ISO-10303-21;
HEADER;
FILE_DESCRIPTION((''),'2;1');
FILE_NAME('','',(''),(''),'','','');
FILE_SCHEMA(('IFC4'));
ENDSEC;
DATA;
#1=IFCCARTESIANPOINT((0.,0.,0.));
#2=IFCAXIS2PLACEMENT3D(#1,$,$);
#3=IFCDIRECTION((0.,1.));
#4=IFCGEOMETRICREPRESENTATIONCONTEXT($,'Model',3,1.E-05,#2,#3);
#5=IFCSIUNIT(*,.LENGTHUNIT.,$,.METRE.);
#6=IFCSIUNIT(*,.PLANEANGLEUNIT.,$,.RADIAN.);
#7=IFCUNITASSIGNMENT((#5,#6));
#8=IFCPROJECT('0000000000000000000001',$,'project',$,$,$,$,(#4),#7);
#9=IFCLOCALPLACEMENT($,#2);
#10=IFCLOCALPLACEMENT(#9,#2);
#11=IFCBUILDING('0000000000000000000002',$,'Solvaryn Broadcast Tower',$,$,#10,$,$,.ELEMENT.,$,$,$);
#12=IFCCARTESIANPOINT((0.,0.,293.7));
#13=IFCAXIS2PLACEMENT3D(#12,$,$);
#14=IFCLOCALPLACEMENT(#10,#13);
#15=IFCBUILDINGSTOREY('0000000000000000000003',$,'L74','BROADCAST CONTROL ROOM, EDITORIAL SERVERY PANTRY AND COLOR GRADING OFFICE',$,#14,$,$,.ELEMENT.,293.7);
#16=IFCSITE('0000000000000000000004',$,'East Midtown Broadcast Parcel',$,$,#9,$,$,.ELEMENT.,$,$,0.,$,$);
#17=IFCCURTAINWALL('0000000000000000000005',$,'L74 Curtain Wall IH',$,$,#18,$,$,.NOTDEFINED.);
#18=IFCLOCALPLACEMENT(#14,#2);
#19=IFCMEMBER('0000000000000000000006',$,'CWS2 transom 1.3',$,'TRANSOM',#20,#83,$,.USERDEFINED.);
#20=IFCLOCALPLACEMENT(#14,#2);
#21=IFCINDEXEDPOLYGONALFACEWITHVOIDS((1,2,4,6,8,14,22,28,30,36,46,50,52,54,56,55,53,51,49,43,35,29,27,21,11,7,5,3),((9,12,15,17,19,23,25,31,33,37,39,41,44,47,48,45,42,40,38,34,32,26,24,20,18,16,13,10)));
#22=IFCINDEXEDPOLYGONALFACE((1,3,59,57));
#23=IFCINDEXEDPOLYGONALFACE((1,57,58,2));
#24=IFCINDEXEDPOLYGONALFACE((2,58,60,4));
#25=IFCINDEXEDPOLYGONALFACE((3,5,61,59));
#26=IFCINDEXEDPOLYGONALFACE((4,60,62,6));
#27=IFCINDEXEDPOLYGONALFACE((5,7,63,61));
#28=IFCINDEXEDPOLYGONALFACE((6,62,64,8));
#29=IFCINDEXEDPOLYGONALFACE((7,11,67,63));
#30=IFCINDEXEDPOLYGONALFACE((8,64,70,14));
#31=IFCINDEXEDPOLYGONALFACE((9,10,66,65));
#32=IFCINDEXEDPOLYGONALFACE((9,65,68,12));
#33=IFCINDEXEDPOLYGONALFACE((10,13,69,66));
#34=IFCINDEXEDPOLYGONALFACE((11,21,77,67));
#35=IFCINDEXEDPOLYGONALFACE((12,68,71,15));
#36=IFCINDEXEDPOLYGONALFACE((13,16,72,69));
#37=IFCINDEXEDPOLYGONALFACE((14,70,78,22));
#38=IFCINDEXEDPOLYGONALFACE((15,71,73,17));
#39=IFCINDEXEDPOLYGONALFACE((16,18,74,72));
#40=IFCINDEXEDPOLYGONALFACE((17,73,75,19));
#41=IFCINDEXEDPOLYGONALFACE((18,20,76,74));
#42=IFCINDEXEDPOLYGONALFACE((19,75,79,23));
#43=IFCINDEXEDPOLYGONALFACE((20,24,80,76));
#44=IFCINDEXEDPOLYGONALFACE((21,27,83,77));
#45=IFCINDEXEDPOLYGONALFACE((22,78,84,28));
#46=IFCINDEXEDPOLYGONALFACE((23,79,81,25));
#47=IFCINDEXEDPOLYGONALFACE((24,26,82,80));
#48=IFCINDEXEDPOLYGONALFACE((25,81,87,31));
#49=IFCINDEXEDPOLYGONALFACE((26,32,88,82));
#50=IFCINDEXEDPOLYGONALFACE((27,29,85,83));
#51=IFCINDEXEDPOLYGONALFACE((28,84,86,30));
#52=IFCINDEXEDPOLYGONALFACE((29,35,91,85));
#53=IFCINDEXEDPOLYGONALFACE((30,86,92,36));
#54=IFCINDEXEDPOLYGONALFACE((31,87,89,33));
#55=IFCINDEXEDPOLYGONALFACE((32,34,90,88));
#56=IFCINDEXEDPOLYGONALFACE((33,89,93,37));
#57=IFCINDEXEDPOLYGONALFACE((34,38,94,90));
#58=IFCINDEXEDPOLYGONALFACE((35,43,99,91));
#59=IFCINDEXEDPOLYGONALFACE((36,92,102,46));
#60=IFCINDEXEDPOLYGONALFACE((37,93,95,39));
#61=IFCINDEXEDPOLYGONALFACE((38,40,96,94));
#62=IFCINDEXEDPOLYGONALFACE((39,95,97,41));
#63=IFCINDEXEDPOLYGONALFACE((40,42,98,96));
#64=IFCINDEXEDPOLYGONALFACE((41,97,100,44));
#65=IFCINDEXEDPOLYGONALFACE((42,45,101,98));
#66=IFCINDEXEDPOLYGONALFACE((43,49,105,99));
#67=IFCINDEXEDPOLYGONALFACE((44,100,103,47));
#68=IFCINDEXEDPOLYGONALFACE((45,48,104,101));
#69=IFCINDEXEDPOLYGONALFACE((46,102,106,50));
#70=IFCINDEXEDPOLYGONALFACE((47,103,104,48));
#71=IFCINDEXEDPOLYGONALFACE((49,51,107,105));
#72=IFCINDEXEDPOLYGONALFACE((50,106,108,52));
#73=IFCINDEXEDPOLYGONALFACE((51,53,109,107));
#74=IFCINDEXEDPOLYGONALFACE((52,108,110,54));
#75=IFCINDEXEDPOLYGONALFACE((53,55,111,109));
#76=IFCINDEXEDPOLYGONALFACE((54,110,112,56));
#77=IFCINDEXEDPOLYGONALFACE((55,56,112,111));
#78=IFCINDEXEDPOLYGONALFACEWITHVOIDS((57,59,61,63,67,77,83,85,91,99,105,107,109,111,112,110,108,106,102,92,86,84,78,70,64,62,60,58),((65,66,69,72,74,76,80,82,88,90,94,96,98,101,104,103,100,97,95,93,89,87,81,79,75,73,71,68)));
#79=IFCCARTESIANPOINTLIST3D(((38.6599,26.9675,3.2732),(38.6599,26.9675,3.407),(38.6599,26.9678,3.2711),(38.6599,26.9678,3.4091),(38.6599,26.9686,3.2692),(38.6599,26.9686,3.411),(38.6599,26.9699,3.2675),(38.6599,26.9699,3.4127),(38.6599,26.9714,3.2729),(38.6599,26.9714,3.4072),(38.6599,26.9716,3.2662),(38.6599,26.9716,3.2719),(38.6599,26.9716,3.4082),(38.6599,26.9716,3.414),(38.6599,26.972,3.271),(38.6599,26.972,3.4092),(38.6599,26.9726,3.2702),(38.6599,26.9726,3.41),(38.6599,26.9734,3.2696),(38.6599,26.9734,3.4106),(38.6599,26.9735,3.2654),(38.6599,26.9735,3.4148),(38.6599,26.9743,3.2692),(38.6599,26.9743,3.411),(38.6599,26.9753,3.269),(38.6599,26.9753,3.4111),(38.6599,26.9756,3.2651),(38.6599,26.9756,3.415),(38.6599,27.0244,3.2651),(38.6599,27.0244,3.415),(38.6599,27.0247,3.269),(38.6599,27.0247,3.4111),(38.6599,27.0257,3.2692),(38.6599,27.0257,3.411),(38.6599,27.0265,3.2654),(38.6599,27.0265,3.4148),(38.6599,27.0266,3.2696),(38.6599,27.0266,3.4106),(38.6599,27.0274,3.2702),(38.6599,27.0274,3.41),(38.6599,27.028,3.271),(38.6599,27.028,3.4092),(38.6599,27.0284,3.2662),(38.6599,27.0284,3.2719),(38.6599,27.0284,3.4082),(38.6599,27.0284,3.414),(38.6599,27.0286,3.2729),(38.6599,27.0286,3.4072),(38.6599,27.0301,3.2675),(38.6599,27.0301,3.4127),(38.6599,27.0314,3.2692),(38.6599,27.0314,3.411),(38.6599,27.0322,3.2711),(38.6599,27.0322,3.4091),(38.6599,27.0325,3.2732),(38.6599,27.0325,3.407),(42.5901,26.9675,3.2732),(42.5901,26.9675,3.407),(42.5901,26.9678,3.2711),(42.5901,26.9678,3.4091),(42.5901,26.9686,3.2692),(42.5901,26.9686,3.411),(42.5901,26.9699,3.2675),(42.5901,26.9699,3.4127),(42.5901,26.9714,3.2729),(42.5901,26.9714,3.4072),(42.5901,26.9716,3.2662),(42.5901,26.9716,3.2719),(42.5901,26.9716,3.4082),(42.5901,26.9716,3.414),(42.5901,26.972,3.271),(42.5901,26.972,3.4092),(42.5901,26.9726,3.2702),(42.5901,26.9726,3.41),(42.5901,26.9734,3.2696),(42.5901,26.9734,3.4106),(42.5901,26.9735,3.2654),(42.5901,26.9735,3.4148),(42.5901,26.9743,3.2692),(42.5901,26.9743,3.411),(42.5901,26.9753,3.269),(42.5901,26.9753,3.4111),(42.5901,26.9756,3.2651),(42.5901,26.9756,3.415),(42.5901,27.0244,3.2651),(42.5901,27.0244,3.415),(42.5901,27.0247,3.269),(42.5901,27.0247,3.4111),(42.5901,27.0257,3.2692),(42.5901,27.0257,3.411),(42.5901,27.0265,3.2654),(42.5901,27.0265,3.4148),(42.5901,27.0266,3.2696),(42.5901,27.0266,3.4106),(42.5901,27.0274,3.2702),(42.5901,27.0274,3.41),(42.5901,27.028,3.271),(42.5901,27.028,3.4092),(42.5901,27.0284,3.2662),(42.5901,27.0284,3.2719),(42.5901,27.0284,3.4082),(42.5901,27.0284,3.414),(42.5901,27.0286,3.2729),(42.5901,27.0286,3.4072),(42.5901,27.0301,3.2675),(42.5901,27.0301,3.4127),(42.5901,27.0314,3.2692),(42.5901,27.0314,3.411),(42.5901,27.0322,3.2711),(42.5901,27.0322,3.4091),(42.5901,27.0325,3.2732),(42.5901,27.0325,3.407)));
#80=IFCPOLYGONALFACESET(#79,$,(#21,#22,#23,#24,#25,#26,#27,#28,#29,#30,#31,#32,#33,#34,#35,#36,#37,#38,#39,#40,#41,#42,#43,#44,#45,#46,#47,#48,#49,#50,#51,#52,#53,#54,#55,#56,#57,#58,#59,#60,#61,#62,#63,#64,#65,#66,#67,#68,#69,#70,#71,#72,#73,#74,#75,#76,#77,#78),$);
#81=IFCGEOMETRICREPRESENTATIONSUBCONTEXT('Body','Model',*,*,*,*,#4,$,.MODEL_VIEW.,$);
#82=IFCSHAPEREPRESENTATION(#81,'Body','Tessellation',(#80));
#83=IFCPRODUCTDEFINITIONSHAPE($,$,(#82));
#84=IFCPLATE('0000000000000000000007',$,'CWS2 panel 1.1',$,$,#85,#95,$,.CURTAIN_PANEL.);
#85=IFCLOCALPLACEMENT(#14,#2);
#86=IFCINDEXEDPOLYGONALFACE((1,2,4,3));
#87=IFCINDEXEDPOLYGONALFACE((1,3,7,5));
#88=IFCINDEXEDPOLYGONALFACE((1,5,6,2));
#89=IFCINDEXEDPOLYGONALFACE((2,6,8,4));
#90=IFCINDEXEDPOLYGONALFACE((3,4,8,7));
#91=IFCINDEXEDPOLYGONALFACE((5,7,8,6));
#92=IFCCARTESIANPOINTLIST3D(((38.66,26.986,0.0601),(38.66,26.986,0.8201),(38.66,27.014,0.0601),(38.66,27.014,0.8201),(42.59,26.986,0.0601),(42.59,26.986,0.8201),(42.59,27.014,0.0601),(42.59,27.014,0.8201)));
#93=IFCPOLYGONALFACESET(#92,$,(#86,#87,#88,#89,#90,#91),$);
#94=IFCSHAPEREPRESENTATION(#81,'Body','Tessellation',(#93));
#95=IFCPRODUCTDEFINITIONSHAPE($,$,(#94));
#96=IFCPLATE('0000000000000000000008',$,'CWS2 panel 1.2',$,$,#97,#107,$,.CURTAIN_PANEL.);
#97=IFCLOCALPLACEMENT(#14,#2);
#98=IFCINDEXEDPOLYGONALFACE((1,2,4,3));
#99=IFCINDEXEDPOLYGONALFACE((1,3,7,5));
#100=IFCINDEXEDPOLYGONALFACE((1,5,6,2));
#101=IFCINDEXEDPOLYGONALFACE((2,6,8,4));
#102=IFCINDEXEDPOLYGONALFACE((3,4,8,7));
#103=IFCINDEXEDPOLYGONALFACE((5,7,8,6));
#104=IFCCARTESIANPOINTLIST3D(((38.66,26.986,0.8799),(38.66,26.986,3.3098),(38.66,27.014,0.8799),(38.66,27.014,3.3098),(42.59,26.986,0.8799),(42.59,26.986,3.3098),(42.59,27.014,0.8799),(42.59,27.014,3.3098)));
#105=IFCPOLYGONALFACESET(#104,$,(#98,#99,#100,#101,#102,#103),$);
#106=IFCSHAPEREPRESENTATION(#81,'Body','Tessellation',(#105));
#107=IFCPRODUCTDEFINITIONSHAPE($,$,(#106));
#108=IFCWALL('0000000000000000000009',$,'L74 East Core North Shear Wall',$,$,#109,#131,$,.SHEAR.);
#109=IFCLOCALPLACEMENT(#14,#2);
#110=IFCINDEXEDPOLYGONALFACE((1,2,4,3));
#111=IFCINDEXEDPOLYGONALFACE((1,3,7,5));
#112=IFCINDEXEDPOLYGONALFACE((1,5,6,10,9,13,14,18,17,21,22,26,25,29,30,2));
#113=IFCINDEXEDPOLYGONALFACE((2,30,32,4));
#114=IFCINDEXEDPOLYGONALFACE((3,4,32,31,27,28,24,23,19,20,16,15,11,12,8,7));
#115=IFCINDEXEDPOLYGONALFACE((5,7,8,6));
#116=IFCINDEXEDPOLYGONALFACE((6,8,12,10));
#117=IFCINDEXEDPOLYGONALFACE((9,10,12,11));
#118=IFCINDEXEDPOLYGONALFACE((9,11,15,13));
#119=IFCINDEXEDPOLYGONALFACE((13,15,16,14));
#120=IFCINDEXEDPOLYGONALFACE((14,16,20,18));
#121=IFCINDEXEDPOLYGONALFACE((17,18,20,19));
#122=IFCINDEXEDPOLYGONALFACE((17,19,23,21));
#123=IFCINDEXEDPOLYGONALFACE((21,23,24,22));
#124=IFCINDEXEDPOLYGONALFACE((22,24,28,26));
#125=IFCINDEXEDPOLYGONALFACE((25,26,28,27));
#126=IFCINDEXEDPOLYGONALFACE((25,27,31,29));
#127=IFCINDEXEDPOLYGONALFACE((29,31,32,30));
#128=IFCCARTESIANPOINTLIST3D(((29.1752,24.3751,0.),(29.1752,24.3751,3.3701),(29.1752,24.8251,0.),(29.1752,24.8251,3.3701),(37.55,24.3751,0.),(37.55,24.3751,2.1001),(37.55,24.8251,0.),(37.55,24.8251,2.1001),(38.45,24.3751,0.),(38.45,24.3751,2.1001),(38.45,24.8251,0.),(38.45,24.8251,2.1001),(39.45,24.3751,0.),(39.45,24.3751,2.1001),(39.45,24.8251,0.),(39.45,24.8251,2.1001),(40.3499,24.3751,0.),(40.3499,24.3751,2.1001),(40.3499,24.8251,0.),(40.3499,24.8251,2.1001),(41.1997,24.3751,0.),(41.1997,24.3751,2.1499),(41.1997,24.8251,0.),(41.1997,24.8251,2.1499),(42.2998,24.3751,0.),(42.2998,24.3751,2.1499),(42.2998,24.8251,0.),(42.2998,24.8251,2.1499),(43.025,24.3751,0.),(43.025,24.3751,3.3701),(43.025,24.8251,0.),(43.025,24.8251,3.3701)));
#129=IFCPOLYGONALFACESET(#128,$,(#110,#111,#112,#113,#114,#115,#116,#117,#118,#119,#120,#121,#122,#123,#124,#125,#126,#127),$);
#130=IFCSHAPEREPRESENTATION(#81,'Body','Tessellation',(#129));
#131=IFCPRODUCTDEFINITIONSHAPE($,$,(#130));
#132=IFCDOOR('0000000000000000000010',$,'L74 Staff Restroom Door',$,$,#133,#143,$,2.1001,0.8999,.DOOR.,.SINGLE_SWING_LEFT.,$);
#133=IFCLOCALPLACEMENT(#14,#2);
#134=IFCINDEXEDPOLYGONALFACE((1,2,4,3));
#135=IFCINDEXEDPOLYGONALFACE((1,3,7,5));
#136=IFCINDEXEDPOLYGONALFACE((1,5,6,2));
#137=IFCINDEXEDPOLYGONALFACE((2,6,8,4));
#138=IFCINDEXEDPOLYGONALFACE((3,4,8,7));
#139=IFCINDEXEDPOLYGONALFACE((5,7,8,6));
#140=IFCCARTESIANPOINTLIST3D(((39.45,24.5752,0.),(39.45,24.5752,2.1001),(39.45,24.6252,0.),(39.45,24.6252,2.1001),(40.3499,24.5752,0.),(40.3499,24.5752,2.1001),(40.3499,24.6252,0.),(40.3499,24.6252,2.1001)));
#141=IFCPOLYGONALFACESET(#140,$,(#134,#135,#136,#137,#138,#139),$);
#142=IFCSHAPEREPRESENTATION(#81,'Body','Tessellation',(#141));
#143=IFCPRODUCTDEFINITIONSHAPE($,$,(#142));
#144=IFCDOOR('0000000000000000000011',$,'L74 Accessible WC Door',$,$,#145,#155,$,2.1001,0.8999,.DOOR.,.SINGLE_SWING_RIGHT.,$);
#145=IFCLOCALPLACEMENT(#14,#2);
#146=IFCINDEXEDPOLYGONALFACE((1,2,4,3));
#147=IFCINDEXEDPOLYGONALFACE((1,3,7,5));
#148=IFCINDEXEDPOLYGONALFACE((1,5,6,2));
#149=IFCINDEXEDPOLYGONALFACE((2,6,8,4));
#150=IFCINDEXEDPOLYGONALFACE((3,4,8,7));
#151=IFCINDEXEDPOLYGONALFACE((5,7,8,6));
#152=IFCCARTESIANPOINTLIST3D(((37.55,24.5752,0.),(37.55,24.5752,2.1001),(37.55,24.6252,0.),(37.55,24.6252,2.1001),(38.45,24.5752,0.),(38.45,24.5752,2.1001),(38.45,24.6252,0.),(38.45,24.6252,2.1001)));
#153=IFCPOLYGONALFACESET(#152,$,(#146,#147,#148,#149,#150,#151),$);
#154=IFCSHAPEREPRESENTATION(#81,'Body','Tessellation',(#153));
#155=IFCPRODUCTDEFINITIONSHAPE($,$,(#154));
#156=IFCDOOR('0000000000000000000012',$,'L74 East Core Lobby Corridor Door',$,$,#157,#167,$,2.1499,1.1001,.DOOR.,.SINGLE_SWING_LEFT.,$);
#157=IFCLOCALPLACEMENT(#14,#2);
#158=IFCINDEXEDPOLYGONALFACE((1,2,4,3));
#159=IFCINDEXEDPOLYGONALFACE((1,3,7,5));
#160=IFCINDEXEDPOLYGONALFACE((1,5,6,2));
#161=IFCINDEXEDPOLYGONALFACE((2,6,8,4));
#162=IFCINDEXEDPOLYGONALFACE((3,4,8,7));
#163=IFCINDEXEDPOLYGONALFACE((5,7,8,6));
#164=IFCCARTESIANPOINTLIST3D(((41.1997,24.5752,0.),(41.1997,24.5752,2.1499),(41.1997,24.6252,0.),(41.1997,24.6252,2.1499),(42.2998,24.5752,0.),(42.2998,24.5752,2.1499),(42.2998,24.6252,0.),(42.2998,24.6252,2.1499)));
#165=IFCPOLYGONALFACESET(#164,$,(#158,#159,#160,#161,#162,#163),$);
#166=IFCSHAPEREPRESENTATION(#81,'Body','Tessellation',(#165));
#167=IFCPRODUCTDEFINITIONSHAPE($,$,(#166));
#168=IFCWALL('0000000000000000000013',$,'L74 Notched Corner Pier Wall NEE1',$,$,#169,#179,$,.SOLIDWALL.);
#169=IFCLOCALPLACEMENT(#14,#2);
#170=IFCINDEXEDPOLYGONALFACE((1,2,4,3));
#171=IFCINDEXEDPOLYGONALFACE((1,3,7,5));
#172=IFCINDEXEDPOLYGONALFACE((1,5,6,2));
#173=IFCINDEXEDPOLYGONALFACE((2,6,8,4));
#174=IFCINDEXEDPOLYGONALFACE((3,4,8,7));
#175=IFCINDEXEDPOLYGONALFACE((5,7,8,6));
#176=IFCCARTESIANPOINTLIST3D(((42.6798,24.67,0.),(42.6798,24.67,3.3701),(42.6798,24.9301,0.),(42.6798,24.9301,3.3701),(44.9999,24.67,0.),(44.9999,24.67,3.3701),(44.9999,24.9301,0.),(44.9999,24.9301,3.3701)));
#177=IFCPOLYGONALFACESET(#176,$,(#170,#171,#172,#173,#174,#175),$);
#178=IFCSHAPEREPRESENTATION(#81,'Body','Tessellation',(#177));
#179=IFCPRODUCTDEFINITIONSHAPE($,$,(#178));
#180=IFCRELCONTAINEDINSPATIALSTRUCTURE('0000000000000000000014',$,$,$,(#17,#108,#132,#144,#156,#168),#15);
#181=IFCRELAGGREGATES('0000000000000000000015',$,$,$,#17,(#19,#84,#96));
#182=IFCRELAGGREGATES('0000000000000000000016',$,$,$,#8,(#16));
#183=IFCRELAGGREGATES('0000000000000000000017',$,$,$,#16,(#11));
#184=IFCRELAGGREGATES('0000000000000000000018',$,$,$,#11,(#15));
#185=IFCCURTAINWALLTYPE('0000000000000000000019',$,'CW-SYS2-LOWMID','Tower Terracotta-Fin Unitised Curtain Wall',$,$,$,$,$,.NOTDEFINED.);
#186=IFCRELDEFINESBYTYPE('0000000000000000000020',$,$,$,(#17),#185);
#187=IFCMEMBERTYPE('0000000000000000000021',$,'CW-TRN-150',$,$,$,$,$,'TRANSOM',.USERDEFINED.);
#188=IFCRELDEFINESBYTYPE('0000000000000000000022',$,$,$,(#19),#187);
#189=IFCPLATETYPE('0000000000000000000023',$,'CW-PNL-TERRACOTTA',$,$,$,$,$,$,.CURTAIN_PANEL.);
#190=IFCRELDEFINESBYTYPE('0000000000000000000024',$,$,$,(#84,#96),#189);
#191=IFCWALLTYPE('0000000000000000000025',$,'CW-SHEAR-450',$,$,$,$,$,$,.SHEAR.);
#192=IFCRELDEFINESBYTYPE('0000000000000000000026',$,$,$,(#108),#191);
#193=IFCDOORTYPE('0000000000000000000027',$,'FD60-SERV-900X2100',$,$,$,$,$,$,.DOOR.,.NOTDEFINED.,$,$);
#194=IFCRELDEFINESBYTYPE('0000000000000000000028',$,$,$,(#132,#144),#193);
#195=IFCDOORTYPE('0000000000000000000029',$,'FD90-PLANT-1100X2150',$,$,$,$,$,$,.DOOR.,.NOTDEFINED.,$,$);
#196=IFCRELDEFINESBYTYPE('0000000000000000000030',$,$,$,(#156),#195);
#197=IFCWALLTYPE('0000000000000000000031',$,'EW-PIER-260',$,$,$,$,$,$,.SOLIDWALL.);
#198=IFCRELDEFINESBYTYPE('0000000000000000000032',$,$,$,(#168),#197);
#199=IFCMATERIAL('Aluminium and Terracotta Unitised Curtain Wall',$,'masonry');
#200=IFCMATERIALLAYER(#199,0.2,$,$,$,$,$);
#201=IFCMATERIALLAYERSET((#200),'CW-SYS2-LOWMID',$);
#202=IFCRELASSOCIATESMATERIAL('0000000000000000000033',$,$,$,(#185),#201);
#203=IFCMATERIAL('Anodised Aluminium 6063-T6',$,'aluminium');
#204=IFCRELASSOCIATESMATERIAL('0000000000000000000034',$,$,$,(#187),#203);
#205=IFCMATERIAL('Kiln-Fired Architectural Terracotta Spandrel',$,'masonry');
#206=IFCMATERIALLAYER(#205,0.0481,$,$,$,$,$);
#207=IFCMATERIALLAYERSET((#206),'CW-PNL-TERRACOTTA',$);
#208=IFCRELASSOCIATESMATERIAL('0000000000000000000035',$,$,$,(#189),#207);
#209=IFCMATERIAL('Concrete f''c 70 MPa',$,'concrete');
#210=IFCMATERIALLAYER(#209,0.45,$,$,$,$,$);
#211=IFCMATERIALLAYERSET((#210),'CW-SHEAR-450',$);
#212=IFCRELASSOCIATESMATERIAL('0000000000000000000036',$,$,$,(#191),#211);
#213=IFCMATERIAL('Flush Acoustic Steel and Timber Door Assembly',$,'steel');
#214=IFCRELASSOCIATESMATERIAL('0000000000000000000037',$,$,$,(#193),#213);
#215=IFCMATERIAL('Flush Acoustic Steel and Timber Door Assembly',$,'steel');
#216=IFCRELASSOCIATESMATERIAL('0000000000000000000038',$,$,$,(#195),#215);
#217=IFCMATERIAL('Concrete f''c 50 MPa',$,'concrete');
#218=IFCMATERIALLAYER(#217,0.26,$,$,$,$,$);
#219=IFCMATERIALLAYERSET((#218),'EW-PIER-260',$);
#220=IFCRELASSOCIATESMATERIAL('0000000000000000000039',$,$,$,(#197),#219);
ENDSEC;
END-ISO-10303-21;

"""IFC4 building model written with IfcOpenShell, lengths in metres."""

from ifc_helpers import new_model, si_unit, direction, frame, frame_2d, origin, origin_2d, place, context, subcontext, project, spatial, rectangle, hollow_rectangle, extrude, material, layer, layer_set, material_profile, profile_set, type_object, element, fill, aggregate, save


model = new_model("IFC4")

# Units and contexts
model_context = context("Model", 3, precision=1e-05, world=origin(), true_north=direction((0.0, 1.0)))
body_context = subcontext(model_context, "Body", "Model", "MODEL_VIEW")
ifc_project = project(units=[si_unit("LENGTHUNIT", "METRE"), si_unit("PLANEANGLEUNIT", "RADIAN")], contexts=[model_context])

# Site, building, storey
site_placement = place(None, origin())
site = spatial("IfcSite", under=ifc_project, at=site_placement, Name="East Midtown Broadcast Parcel", CompositionType="ELEMENT", RefElevation=0.0)
building_placement = place(site_placement, origin())
building = spatial("IfcBuilding", under=site, at=building_placement, Name="Solvaryn Broadcast Tower", CompositionType="ELEMENT")
storey_placement = place(building_placement, frame((0.0, 0.0, 293.7)))
storey = spatial("IfcBuildingStorey", under=building, at=storey_placement, Name="L74", Description="BROADCAST CONTROL ROOM, EDITORIAL SERVERY PANTRY AND COLOR GRADING OFFICE", CompositionType="ELEMENT", Elevation=293.7)

# Shared definitions
ifc_material_1 = material(Name="Aluminium and Terracotta Unitised Curtain Wall", Category="masonry")
ifc_layer_1 = layer(ifc_material_1, 0.2)
ifc_layer_set_1 = layer_set([ifc_layer_1], Name="CW-SYS2-LOWMID")
curtain_wall_type = type_object("IfcCurtainWallType", Name="CW-SYS2-LOWMID", Description="Tower Terracotta-Fin Unitised Curtain Wall", PredefinedType="NOTDEFINED", material=ifc_layer_set_1)

# Curtain wall
curtain_wall_1_placement = place(storey_placement, origin())
curtain_wall_1 = element("IfcCurtainWall", 1, at=curtain_wall_1_placement, inside=storey, type_object=curtain_wall_type, Name="L74 Curtain Wall IH", PredefinedType="NOTDEFINED")

# Member
ifc_material_2 = material(Name="Anodised Aluminium 6063-T6", Category="aluminium")
ifc_material_profile_1 = material_profile(ifc_material_2, hollow_rectangle(XDim=0.0649, YDim=0.1499, WallThickness=0.0039, InnerFilletRadius=0.0039, OuterFilletRadius=0.0081, at=origin_2d()))
ifc_profile_set_1 = profile_set([ifc_material_profile_1], Name="Anodised Aluminium 6063-T6")
member_type_1 = type_object("IfcMemberType", Name="CW-TRN-150", ElementType="TRANSOM", PredefinedType="USERDEFINED", material=ifc_profile_set_1)
member_1_placement = place(storey_placement, frame((38.6599, 27.0, 3.3401), z_axis=(1.0, 0.0, 0.0), x_axis=(0.0, 1.0, 0.0)))
member_1 = element("IfcMember", 2, at=member_1_placement, type_object=member_type_1, Name="CWS2 transom 1.3", ObjectType="TRANSOM", PredefinedType="USERDEFINED", context=body_context, shape_type="SweptSolid", body=[
    extrude(hollow_rectangle(XDim=0.0649, YDim=0.1499, WallThickness=0.0039, InnerFilletRadius=0.0039, OuterFilletRadius=0.0081, at=origin_2d()), origin(), (0.0, 0.0, 1.0), 3.9302),
])

# Plates
ifc_material_3 = material(Name="Kiln-Fired Architectural Terracotta Spandrel", Category="masonry")
ifc_layer_2 = layer(ifc_material_3, 0.0481)
ifc_layer_set_2 = layer_set([ifc_layer_2], Name="CW-PNL-TERRACOTTA")
plate_type = type_object("IfcPlateType", Name="CW-PNL-TERRACOTTA", PredefinedType="CURTAIN_PANEL", material=ifc_layer_set_2)
plate_1_placement = place(storey_placement, frame((40.625, 27.0, 0.0601), z_axis=(0.0, 0.0, 1.0), x_axis=(1.0, 0.0, 0.0)))
plate_1 = element("IfcPlate", 3, at=plate_1_placement, type_object=plate_type, Name="CWS2 panel 1.1", PredefinedType="CURTAIN_PANEL", context=body_context, shape_type="SweptSolid", body=[
    extrude(rectangle(XDim=3.9299, YDim=0.0281, at=origin_2d()), origin(), (0.0, 0.0, 1.0), 0.76),
])
plate_2_placement = place(storey_placement, frame((40.625, 27.0, 0.8799), z_axis=(0.0, 0.0, 1.0), x_axis=(1.0, 0.0, 0.0)))
plate_2 = element("IfcPlate", 4, at=plate_2_placement, type_object=plate_type, Name="CWS2 panel 1.2", PredefinedType="CURTAIN_PANEL", context=body_context, shape_type="SweptSolid", body=[
    extrude(rectangle(XDim=3.9299, YDim=0.0281, at=origin_2d()), origin(), (0.0, 0.0, 1.0), 2.4299),
])
aggregate(curtain_wall_1, [member_1, plate_1, plate_2])

# Wall, openings, doors
ifc_material_4 = material(Name="Concrete f'c 70 MPa", Category="concrete")
ifc_layer_3 = layer(ifc_material_4, 0.45)
ifc_layer_set_3 = layer_set([ifc_layer_3], Name="CW-SHEAR-450")
wall_type_1 = type_object("IfcWallType", Name="CW-SHEAR-450", PredefinedType="SHEAR", material=ifc_layer_set_3)
wall_1_placement = place(storey_placement, frame((43.0249, 24.6001, 0.0), z_axis=(0.0, 0.0, 1.0), x_axis=(-1.0, 0.0, 0.0)))
wall_1 = element("IfcWall", 5, at=wall_1_placement, inside=storey, type_object=wall_type_1, Name="L74 East Core North Shear Wall", PredefinedType="SHEAR", context=body_context, shape_type="SweptSolid", body=[
    extrude(rectangle(XDim=13.8499, YDim=0.45, at=frame_2d((6.9248, 0.0))), origin(), (0.0, 0.0, 1.0), 3.3701),
])
opening_1_placement = place(wall_1_placement, frame((0.7251, 0.0, 0.0)))
opening_1 = element("IfcOpeningElement", 6, at=opening_1_placement, cuts=wall_1, PredefinedType="OPENING", context=body_context, shape_type="SweptSolid", body=[
    extrude(rectangle(XDim=1.1001, YDim=2.1499, at=frame_2d((0.55, 1.075))), frame((0.0, 0.2351, 0.0), z_axis=(0.0, -1.0, 0.0), x_axis=(1.0, 0.0, 0.0)), (0.0, 0.0, 1.0), 0.47),
])
opening_2_placement = place(wall_1_placement, frame((2.675, 0.0, 0.0)))
opening_2 = element("IfcOpeningElement", 7, at=opening_2_placement, cuts=wall_1, PredefinedType="OPENING", context=body_context, shape_type="SweptSolid", body=[
    extrude(rectangle(XDim=0.8999, YDim=2.1001, at=frame_2d((0.45, 1.05))), frame((0.0, 0.2351, 0.0), z_axis=(0.0, -1.0, 0.0), x_axis=(1.0, 0.0, 0.0)), (0.0, 0.0, 1.0), 0.47),
])
opening_3_placement = place(wall_1_placement, frame((4.575, 0.0, 0.0)))
opening_3 = element("IfcOpeningElement", 8, at=opening_3_placement, cuts=wall_1, PredefinedType="OPENING", context=body_context, shape_type="SweptSolid", body=[
    extrude(rectangle(XDim=0.8999, YDim=2.1001, at=frame_2d((0.45, 1.05))), frame((0.0, 0.2351, 0.0), z_axis=(0.0, -1.0, 0.0), x_axis=(1.0, 0.0, 0.0)), (0.0, 0.0, 1.0), 0.47),
])
ifc_material_5 = material(Name="Flush Acoustic Steel and Timber Door Assembly", Category="steel")
door_type_1 = type_object("IfcDoorType", Name="FD60-SERV-900X2100", OperationType="NOTDEFINED", PredefinedType="DOOR", material=ifc_material_5)
door_1_placement = place(opening_2_placement, origin())
door_1 = element("IfcDoor", 9, at=door_1_placement, inside=storey, type_object=door_type_1, Name="L74 Staff Restroom Door", OperationType="SINGLE_SWING_LEFT", OverallHeight=2.1001, OverallWidth=0.8999, PredefinedType="DOOR", context=body_context, shape_type="SweptSolid", body=[
    extrude(rectangle(XDim=0.8999, YDim=2.1001, at=frame_2d((0.45, 1.05))), frame((0.0, 0.0249, 0.0), z_axis=(0.0, -1.0, 0.0), x_axis=(1.0, 0.0, 0.0)), (0.0, 0.0, 1.0), 0.05),
])
fill(opening_2, door_1)
door_2_placement = place(opening_3_placement, origin())
door_2 = element("IfcDoor", 10, at=door_2_placement, inside=storey, type_object=door_type_1, Name="L74 Accessible WC Door", OperationType="SINGLE_SWING_RIGHT", OverallHeight=2.1001, OverallWidth=0.8999, PredefinedType="DOOR", context=body_context, shape_type="SweptSolid", body=[
    extrude(rectangle(XDim=0.8999, YDim=2.1001, at=frame_2d((0.45, 1.05))), frame((0.0, 0.0249, 0.0), z_axis=(0.0, -1.0, 0.0), x_axis=(1.0, 0.0, 0.0)), (0.0, 0.0, 1.0), 0.05),
])
fill(opening_3, door_2)
ifc_material_6 = material(Name="Flush Acoustic Steel and Timber Door Assembly", Category="steel")
door_type_2 = type_object("IfcDoorType", Name="FD90-PLANT-1100X2150", OperationType="NOTDEFINED", PredefinedType="DOOR", material=ifc_material_6)
door_3_placement = place(opening_1_placement, origin())
door_3 = element("IfcDoor", 11, at=door_3_placement, inside=storey, type_object=door_type_2, Name="L74 East Core Lobby Corridor Door", OperationType="SINGLE_SWING_LEFT", OverallHeight=2.1499, OverallWidth=1.1001, PredefinedType="DOOR", context=body_context, shape_type="SweptSolid", body=[
    extrude(rectangle(XDim=1.1001, YDim=2.1499, at=frame_2d((0.55, 1.075))), frame((0.0, 0.0249, 0.0), z_axis=(0.0, -1.0, 0.0), x_axis=(1.0, 0.0, 0.0)), (0.0, 0.0, 1.0), 0.05),
])
fill(opening_1, door_3)

# Wall
ifc_material_7 = material(Name="Concrete f'c 50 MPa", Category="concrete")
ifc_layer_4 = layer(ifc_material_7, 0.26)
ifc_layer_set_4 = layer_set([ifc_layer_4], Name="EW-PIER-260")
wall_type_2 = type_object("IfcWallType", Name="EW-PIER-260", PredefinedType="SOLIDWALL", material=ifc_layer_set_4)
wall_2_placement = place(storey_placement, frame((45.0, 24.8, 0.0), z_axis=(0.0, 0.0, 1.0), x_axis=(-1.0, 0.0, 0.0)))
element("IfcWall", 12, at=wall_2_placement, inside=storey, type_object=wall_type_2, Name="L74 Notched Corner Pier Wall NEE1", PredefinedType="SOLIDWALL", context=body_context, shape_type="SweptSolid", body=[
    extrude(rectangle(XDim=2.3201, YDim=0.26, at=frame_2d((1.1602, 0.0))), origin(), (0.0, 0.0, 1.0), 3.3701),
])

save(model, "model.ifc")
